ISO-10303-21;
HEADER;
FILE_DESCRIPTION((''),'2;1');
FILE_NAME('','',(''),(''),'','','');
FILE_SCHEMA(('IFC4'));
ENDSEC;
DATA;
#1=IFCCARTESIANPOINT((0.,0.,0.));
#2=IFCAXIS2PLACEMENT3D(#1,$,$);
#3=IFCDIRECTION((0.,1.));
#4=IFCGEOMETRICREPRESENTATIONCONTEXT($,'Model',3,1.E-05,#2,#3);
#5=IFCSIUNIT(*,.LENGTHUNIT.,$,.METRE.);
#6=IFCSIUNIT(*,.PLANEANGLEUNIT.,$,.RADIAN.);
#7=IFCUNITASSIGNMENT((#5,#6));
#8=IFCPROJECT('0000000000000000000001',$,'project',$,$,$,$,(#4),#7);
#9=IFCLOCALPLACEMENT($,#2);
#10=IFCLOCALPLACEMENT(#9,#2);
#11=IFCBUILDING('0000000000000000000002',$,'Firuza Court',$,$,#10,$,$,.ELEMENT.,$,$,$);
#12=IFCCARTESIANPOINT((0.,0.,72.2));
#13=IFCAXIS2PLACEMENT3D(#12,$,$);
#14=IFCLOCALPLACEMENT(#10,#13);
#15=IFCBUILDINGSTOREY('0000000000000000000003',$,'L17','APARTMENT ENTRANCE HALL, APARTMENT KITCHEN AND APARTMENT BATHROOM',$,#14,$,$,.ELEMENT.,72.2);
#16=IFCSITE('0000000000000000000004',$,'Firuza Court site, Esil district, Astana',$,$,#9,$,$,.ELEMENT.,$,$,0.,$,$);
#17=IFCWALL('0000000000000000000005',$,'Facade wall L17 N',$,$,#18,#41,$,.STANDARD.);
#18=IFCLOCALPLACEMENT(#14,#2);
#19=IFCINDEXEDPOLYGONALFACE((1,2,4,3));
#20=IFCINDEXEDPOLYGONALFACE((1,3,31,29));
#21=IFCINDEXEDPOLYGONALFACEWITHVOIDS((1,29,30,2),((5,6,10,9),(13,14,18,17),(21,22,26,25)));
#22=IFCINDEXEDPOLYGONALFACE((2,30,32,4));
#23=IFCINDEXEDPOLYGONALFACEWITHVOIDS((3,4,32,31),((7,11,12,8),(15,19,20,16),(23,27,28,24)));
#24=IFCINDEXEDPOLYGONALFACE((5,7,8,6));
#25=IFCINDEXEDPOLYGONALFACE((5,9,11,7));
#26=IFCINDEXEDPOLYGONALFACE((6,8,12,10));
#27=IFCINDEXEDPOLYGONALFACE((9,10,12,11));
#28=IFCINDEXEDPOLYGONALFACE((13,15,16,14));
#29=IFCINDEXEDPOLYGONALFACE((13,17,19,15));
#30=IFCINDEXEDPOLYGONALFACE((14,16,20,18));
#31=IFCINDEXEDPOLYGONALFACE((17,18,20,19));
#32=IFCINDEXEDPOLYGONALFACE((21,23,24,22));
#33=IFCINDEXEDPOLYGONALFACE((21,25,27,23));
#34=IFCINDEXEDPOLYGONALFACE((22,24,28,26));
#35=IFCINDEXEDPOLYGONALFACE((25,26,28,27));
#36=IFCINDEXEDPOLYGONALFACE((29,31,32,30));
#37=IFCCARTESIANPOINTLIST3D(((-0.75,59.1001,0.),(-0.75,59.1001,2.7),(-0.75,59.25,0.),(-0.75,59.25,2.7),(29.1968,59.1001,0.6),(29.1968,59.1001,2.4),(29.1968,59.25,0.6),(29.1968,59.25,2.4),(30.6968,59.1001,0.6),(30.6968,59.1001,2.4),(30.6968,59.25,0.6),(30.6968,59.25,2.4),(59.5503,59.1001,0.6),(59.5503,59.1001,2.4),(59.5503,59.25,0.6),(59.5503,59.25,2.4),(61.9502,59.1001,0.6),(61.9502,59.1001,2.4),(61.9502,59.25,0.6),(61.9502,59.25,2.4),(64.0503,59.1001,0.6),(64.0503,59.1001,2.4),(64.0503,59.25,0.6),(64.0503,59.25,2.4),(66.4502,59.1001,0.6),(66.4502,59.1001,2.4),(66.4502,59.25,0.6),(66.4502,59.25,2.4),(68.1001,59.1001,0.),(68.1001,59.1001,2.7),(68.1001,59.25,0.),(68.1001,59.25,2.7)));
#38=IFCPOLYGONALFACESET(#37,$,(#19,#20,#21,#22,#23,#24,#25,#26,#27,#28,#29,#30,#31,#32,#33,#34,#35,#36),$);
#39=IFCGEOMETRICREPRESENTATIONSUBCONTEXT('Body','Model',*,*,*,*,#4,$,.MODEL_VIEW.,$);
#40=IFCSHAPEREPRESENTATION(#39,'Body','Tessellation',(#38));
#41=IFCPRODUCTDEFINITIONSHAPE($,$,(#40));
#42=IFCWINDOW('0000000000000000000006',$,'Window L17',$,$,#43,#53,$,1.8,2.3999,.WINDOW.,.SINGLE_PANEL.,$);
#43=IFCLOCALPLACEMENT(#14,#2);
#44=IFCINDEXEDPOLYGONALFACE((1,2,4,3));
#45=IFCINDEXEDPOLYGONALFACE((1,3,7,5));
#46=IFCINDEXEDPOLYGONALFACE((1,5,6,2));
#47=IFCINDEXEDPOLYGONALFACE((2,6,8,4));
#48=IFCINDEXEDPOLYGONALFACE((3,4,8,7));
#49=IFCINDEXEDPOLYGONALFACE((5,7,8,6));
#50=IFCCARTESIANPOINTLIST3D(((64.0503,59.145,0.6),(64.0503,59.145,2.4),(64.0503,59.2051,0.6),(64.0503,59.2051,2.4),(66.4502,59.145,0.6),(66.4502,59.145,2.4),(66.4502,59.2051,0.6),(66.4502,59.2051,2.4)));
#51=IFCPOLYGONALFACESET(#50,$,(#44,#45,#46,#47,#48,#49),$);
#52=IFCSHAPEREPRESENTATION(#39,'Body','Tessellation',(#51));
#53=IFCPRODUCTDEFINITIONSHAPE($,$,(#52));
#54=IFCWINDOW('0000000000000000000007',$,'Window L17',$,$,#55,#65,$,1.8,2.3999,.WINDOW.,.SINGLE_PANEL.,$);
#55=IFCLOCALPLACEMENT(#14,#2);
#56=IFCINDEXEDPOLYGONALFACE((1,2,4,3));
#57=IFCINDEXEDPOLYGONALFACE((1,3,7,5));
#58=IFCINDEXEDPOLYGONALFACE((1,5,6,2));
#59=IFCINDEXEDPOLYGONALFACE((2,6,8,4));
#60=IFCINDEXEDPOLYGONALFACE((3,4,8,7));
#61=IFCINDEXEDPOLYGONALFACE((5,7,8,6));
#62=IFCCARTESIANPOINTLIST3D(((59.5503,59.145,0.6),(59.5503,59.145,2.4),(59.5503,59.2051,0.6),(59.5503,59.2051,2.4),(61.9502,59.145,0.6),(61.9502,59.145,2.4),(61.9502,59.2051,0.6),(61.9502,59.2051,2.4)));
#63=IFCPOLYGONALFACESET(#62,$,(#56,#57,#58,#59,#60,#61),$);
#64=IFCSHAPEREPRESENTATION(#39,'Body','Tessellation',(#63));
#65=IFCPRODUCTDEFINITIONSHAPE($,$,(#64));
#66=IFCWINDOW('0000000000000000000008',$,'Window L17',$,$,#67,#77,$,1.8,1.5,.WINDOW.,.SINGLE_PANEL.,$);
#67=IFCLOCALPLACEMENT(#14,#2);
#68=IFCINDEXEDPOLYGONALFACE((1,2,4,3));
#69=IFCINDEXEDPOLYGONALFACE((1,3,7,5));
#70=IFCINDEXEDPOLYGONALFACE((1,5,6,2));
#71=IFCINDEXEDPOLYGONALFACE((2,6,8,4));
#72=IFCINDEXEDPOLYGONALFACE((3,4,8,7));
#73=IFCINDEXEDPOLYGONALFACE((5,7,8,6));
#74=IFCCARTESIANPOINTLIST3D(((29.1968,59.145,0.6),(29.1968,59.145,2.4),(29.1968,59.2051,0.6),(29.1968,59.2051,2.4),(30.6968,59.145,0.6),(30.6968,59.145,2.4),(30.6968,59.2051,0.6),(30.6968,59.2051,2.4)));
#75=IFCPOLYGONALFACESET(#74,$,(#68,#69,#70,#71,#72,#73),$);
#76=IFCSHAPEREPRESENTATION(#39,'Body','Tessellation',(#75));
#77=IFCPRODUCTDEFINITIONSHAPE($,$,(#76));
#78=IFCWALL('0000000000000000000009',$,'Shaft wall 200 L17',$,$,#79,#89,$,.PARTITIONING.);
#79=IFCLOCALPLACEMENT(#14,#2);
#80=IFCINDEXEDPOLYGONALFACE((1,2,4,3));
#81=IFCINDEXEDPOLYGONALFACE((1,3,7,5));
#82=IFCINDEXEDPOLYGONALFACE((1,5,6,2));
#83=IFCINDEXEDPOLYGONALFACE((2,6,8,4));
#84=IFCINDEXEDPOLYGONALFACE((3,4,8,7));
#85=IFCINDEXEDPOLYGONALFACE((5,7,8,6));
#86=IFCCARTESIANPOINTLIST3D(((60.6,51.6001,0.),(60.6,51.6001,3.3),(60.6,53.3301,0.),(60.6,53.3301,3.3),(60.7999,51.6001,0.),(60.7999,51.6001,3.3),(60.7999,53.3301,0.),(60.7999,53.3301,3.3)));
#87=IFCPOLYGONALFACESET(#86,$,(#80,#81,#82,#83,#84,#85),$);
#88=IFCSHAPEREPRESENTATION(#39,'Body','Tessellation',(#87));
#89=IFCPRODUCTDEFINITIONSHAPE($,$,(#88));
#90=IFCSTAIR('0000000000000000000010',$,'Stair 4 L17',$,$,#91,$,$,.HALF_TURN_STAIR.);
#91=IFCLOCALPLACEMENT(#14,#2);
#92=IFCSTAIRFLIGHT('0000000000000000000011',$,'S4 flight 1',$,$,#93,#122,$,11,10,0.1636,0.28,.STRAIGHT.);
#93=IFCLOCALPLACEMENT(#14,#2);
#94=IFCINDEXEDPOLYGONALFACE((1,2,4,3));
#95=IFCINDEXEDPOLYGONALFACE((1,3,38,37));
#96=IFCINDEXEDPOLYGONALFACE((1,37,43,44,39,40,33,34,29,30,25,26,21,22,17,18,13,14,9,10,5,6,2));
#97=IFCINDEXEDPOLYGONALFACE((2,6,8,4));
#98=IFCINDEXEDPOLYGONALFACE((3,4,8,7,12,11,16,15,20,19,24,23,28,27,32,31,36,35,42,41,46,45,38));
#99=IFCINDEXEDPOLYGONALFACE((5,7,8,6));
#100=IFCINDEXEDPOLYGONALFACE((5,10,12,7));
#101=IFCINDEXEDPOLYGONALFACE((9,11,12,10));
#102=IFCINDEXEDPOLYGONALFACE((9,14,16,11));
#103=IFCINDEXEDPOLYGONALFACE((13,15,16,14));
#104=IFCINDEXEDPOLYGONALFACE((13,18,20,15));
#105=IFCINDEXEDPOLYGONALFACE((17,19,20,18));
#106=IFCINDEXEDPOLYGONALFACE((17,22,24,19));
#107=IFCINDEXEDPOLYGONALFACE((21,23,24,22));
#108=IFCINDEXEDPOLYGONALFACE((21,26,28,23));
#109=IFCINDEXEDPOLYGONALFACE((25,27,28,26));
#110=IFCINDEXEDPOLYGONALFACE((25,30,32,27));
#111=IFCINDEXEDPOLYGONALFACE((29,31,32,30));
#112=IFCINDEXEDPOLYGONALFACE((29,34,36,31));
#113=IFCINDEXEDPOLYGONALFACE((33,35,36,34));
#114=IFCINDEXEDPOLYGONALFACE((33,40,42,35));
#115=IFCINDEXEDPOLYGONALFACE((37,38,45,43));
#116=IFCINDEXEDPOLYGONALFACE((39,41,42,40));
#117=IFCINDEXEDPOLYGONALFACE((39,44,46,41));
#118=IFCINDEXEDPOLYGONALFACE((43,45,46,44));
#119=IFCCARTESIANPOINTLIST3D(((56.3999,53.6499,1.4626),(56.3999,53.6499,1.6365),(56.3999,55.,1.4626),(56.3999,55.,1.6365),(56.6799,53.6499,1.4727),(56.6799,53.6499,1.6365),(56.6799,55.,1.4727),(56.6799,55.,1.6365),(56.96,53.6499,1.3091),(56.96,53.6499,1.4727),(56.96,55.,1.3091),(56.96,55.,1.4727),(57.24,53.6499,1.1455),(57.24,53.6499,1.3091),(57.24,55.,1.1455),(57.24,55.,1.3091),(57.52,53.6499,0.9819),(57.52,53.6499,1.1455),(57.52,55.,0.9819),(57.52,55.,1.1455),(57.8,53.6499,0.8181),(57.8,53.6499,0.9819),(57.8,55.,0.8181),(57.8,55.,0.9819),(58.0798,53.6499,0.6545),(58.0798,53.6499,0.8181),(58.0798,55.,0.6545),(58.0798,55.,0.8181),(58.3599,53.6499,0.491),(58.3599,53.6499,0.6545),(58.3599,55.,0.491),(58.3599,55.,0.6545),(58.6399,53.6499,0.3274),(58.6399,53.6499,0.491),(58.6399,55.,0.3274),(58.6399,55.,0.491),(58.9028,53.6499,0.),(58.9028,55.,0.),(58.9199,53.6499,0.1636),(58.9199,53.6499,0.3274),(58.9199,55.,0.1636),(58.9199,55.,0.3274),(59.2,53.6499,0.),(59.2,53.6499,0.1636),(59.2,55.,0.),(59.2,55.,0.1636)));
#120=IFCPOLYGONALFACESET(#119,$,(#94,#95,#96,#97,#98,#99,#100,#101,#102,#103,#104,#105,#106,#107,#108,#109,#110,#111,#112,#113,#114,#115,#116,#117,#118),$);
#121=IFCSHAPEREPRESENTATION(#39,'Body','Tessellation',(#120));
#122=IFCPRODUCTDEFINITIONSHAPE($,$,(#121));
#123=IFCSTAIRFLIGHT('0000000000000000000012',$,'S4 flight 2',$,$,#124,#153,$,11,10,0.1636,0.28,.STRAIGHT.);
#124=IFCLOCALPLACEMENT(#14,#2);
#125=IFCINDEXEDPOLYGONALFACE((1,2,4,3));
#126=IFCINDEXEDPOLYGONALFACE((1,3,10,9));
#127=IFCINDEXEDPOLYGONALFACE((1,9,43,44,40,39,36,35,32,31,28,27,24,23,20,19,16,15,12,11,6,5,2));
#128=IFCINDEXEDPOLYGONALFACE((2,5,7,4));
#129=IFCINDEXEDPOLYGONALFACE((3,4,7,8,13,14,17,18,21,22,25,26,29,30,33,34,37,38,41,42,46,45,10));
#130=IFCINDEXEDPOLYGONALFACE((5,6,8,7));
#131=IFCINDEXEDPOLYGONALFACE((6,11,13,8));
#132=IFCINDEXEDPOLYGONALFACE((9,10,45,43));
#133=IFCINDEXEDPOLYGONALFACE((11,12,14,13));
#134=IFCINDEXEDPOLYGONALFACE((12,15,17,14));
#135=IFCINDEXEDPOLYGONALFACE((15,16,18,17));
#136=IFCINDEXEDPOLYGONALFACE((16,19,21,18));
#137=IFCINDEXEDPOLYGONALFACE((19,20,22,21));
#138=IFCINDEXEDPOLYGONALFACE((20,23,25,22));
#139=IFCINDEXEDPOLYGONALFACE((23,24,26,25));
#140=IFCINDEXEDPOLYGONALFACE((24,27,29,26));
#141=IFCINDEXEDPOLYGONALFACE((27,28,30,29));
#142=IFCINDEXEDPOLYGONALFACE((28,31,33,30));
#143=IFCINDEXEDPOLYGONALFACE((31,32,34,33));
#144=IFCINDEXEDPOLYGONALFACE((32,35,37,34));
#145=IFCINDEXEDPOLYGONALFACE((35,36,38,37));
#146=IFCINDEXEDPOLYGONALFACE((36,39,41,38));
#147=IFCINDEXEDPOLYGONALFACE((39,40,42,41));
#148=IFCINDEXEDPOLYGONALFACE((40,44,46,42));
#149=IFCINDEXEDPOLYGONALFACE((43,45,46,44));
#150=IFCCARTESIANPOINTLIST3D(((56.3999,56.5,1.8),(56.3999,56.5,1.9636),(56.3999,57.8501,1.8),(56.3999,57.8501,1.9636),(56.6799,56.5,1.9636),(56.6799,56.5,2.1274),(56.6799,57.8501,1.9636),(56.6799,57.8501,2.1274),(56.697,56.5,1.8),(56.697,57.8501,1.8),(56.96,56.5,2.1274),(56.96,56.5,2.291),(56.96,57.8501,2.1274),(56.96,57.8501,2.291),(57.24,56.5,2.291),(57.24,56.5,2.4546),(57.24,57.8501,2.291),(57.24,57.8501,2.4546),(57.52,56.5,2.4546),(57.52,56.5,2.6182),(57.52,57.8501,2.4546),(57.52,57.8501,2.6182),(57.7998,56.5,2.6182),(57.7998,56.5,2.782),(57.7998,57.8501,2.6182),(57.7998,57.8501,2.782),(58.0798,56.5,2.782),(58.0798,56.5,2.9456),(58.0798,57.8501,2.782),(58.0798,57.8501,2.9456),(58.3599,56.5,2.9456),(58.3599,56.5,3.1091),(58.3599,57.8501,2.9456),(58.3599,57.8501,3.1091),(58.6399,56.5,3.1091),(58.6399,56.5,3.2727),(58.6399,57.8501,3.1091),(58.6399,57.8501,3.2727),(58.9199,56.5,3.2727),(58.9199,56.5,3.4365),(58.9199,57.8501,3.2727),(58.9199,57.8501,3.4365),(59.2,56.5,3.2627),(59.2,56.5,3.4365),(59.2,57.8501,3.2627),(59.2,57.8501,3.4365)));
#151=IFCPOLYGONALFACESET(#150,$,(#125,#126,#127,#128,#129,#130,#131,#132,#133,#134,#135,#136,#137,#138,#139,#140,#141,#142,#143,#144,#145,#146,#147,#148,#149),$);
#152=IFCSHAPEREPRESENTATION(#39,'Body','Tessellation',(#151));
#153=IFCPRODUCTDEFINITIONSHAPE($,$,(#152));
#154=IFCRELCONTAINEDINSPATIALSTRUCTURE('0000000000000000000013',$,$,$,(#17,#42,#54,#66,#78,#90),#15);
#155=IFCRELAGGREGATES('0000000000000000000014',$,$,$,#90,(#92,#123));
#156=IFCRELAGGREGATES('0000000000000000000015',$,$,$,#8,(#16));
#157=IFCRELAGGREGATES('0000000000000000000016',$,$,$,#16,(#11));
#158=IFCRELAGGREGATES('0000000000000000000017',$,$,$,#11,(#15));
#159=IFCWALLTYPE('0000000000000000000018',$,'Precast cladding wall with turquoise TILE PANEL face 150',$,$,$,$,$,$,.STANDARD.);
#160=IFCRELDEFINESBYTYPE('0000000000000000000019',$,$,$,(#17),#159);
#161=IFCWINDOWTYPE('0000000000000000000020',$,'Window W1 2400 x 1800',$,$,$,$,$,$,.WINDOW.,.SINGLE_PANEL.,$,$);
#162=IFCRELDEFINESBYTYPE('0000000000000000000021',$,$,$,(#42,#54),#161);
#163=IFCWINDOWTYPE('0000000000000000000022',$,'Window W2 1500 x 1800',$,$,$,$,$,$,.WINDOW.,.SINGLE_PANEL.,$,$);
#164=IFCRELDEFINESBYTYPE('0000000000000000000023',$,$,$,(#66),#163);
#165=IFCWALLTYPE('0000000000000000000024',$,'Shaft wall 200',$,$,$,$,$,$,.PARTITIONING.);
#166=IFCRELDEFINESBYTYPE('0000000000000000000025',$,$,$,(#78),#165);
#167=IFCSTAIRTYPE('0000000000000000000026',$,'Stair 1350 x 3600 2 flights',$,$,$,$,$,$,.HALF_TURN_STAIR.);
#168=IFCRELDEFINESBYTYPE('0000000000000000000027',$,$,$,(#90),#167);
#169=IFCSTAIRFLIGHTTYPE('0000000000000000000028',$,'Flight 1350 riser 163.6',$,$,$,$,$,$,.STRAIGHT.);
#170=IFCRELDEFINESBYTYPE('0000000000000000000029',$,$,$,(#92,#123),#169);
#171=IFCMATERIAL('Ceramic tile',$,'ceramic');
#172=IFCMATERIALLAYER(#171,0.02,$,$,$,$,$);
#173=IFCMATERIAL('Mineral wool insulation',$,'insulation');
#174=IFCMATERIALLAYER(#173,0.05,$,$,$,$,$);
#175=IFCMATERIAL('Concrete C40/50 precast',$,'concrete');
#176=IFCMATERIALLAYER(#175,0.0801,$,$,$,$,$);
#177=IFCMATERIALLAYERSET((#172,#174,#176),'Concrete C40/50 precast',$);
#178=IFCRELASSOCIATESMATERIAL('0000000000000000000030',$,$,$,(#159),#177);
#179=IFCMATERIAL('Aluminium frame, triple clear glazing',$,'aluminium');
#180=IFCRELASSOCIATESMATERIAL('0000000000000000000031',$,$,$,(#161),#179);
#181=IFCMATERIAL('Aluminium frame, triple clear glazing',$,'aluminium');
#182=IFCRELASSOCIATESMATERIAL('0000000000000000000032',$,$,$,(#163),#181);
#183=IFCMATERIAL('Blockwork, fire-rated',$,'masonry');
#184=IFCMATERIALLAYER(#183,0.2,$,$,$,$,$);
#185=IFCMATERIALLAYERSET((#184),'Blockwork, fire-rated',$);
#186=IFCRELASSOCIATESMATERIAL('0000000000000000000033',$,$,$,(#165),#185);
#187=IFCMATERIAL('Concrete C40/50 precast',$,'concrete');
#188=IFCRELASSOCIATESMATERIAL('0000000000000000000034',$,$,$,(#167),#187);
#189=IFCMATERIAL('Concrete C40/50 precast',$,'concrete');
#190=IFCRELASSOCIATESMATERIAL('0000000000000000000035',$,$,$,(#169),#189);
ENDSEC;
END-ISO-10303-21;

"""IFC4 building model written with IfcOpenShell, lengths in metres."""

from ifc_helpers import new_model, si_unit, direction, frame, frame_2d, origin, place, context, subcontext, project, spatial, polyline, rectangle, outline, extrude, material, layer, layer_set, type_object, element, fill, aggregate, save


model = new_model("IFC4")

# Units and contexts
model_context = context("Model", 3, precision=1e-05, world=origin(), true_north=direction((0.0, 1.0)))
body_context = subcontext(model_context, "Body", "Model", "MODEL_VIEW")
ifc_project = project(units=[si_unit("LENGTHUNIT", "METRE"), si_unit("PLANEANGLEUNIT", "RADIAN")], contexts=[model_context])

# Site, building, storey
site_placement = place(None, origin())
site = spatial("IfcSite", under=ifc_project, at=site_placement, Name="Firuza Court site, Esil district, Astana", CompositionType="ELEMENT", RefElevation=0.0)
building_placement = place(site_placement, origin())
building = spatial("IfcBuilding", under=site, at=building_placement, Name="Firuza Court", CompositionType="ELEMENT")
storey_placement = place(building_placement, frame((0.0, 0.0, 72.2)))
storey = spatial("IfcBuildingStorey", under=building, at=storey_placement, Name="L17", Description="APARTMENT ENTRANCE HALL, APARTMENT KITCHEN AND APARTMENT BATHROOM", CompositionType="ELEMENT", Elevation=72.2)

# Wall, openings, windows
ifc_material_1 = material(Name="Ceramic tile", Category="ceramic")
ifc_layer_1 = layer(ifc_material_1, 0.02)
ifc_material_2 = material(Name="Mineral wool insulation", Category="insulation")
ifc_layer_2 = layer(ifc_material_2, 0.05)
ifc_material_3 = material(Name="Concrete C40/50 precast", Category="concrete")
ifc_layer_3 = layer(ifc_material_3, 0.0801)
ifc_layer_set_1 = layer_set([ifc_layer_1, ifc_layer_2, ifc_layer_3], Name="Concrete C40/50 precast")
wall_type_1 = type_object("IfcWallType", Name="Precast cladding wall with turquoise TILE PANEL face 150", PredefinedType="STANDARD", material=ifc_layer_set_1)
wall_1_placement = place(storey_placement, frame((68.1001, 59.175, 0.0), z_axis=(0.0, 0.0, 1.0), x_axis=(-1.0, 0.0, 0.0)))
wall_1 = element("IfcWall", 1, at=wall_1_placement, inside=storey, type_object=wall_type_1, Name="Facade wall L17 N", PredefinedType="STANDARD", context=body_context, shape_type="SweptSolid", body=[
    extrude(rectangle(XDim=68.8501, YDim=0.1499, at=frame_2d((34.425, 0.0))), origin(), (0.0, 0.0, 1.0), 2.7),
])
opening_1_placement = place(wall_1_placement, frame((1.6499, 0.0, 0.6001)))
opening_1 = element("IfcOpeningElement", 2, at=opening_1_placement, cuts=wall_1, PredefinedType="OPENING", context=body_context, shape_type="SweptSolid", body=[
    extrude(rectangle(XDim=2.3999, YDim=1.8, at=frame_2d((1.2, 0.8999))), frame((0.0, 0.0869, 0.0), z_axis=(0.0, -1.0, 0.0), x_axis=(1.0, 0.0, 0.0)), (0.0, 0.0, 1.0), 0.1738),
])
opening_2_placement = place(wall_1_placement, frame((6.1499, 0.0, 0.6001)))
opening_2 = element("IfcOpeningElement", 3, at=opening_2_placement, cuts=wall_1, PredefinedType="OPENING", context=body_context, shape_type="SweptSolid", body=[
    extrude(rectangle(XDim=2.3999, YDim=1.8, at=frame_2d((1.2, 0.8999))), frame((0.0, 0.0869, 0.0), z_axis=(0.0, -1.0, 0.0), x_axis=(1.0, 0.0, 0.0)), (0.0, 0.0, 1.0), 0.1738),
])
opening_3_placement = place(wall_1_placement, frame((37.4033, 0.0, 0.6001)))
opening_3 = element("IfcOpeningElement", 4, at=opening_3_placement, cuts=wall_1, PredefinedType="OPENING", context=body_context, shape_type="SweptSolid", body=[
    extrude(rectangle(XDim=1.5, YDim=1.8, at=frame_2d((0.75, 0.8999))), frame((0.0, 0.0869, 0.0), z_axis=(0.0, -1.0, 0.0), x_axis=(1.0, 0.0, 0.0)), (0.0, 0.0, 1.0), 0.1738),
])
ifc_material_4 = material(Name="Aluminium frame, triple clear glazing", Category="aluminium")
window_type_1 = type_object("IfcWindowType", Name="Window W1 2400 x 1800", PartitioningType="SINGLE_PANEL", PredefinedType="WINDOW", material=ifc_material_4)
window_1_placement = place(opening_1_placement, origin())
window_1 = element("IfcWindow", 5, at=window_1_placement, inside=storey, type_object=window_type_1, Name="Window L17", OverallHeight=1.8, OverallWidth=2.3999, PartitioningType="SINGLE_PANEL", PredefinedType="WINDOW", context=body_context, shape_type="SweptSolid", body=[
    extrude(rectangle(XDim=2.3999, YDim=1.8, at=frame_2d((1.2, 0.8999))), frame((0.0, 0.03, 0.0), z_axis=(0.0, -1.0, 0.0), x_axis=(1.0, 0.0, 0.0)), (0.0, 0.0, 1.0), 0.0601),
])
fill(opening_1, window_1)
window_2_placement = place(opening_2_placement, origin())
window_2 = element("IfcWindow", 6, at=window_2_placement, inside=storey, type_object=window_type_1, Name="Window L17", OverallHeight=1.8, OverallWidth=2.3999, PartitioningType="SINGLE_PANEL", PredefinedType="WINDOW", context=body_context, shape_type="SweptSolid", body=[
    extrude(rectangle(XDim=2.3999, YDim=1.8, at=frame_2d((1.2, 0.8999))), frame((0.0, 0.03, 0.0), z_axis=(0.0, -1.0, 0.0), x_axis=(1.0, 0.0, 0.0)), (0.0, 0.0, 1.0), 0.0601),
])
fill(opening_2, window_2)
ifc_material_5 = material(Name="Aluminium frame, triple clear glazing", Category="aluminium")
window_type_2 = type_object("IfcWindowType", Name="Window W2 1500 x 1800", PartitioningType="SINGLE_PANEL", PredefinedType="WINDOW", material=ifc_material_5)
window_3_placement = place(opening_3_placement, origin())
window_3 = element("IfcWindow", 7, at=window_3_placement, inside=storey, type_object=window_type_2, Name="Window L17", OverallHeight=1.8, OverallWidth=1.5, PartitioningType="SINGLE_PANEL", PredefinedType="WINDOW", context=body_context, shape_type="SweptSolid", body=[
    extrude(rectangle(XDim=1.5, YDim=1.8, at=frame_2d((0.75, 0.8999))), frame((0.0, 0.03, 0.0), z_axis=(0.0, -1.0, 0.0), x_axis=(1.0, 0.0, 0.0)), (0.0, 0.0, 1.0), 0.0601),
])
fill(opening_3, window_3)

# Wall
ifc_material_6 = material(Name="Blockwork, fire-rated", Category="masonry")
ifc_layer_4 = layer(ifc_material_6, 0.2)
ifc_layer_set_2 = layer_set([ifc_layer_4], Name="Blockwork, fire-rated")
wall_type_2 = type_object("IfcWallType", Name="Shaft wall 200", PredefinedType="PARTITIONING", material=ifc_layer_set_2)
wall_2_placement = place(storey_placement, frame((60.7, 51.6001, 0.0), z_axis=(0.0, 0.0, 1.0), x_axis=(0.0, 1.0, 0.0)))
element("IfcWall", 8, at=wall_2_placement, inside=storey, type_object=wall_type_2, Name="Shaft wall 200 L17", PredefinedType="PARTITIONING", context=body_context, shape_type="SweptSolid", body=[
    extrude(rectangle(XDim=1.73, YDim=0.2, at=frame_2d((0.865, 0.0))), origin(), (0.0, 0.0, 1.0), 3.3),
])

# Stair, stair flights
ifc_material_7 = material(Name="Concrete C40/50 precast", Category="concrete")
stair_type = type_object("IfcStairType", Name="Stair 1350 x 3600 2 flights", PredefinedType="HALF_TURN_STAIR", material=ifc_material_7)
stair_placement = place(storey_placement, origin())
stair = element("IfcStair", 9, at=stair_placement, inside=storey, type_object=stair_type, Name="Stair 4 L17", PredefinedType="HALF_TURN_STAIR")
ifc_material_8 = material(Name="Concrete C40/50 precast", Category="concrete")
stair_flight_type = type_object("IfcStairFlightType", Name="Flight 1350 riser 163.6", PredefinedType="STRAIGHT", material=ifc_material_8)
stair_flight_1_placement = place(storey_placement, frame((59.2, 54.325, 0.0), z_axis=(0.0, 0.0, 1.0), x_axis=(-1.0, 0.0, 0.0)))
stair_flight_1 = element("IfcStairFlight", 10, at=stair_flight_1_placement, type_object=stair_flight_type, Name="S4 flight 1", NumberOfRisers=11, NumberOfTreads=10, PredefinedType="STRAIGHT", RiserHeight=0.1636, TreadLength=0.28, context=body_context, shape_type="SweptSolid", body=[
    extrude(outline(polyline([(0.0, 0.0), (0.0, 0.1636), (0.28, 0.1636), (0.28, 0.3274), (0.5601, 0.3274), (0.5601, 0.491), (0.8401, 0.491), (0.8401, 0.6545), (1.1201, 0.6545), (1.1201, 0.8181), (1.3999, 0.8181), (1.3999, 0.9819), (1.6799, 0.9819), (1.6799, 1.1455), (1.96, 1.1455), (1.96, 1.3091), (2.24, 1.3091), (2.24, 1.4727), (2.52, 1.4727), (2.52, 1.6365), (2.8, 1.6365), (2.8, 1.8), (2.8, 1.4626), (0.2971, 0.0), (0.0, 0.0)])), frame((0.0, 0.675, 0.0), z_axis=(0.0, -1.0, 0.0), x_axis=(1.0, 0.0, 0.0)), (0.0, 0.0, 1.0), 1.3501),
])
stair_flight_2_placement = place(storey_placement, frame((56.3999, 57.175, 1.8), z_axis=(0.0, 0.0, 1.0), x_axis=(1.0, 0.0, 0.0)))
stair_flight_2 = element("IfcStairFlight", 11, at=stair_flight_2_placement, type_object=stair_flight_type, Name="S4 flight 2", NumberOfRisers=11, NumberOfTreads=10, PredefinedType="STRAIGHT", RiserHeight=0.1636, TreadLength=0.28, context=body_context, shape_type="SweptSolid", body=[
    extrude(outline(polyline([(0.0, 0.0), (0.0, 0.1636), (0.28, 0.1636), (0.28, 0.3274), (0.5601, 0.3274), (0.5601, 0.491), (0.8401, 0.491), (0.8401, 0.6545), (1.1201, 0.6545), (1.1201, 0.8181), (1.3999, 0.8181), (1.3999, 0.9819), (1.6799, 0.9819), (1.6799, 1.1455), (1.96, 1.1455), (1.96, 1.3091), (2.24, 1.3091), (2.24, 1.4727), (2.52, 1.4727), (2.52, 1.6365), (2.8, 1.6365), (2.8, 1.8), (2.8, 1.4626), (0.2971, 0.0), (0.0, 0.0)])), frame((0.0, 0.675, 0.0), z_axis=(0.0, -1.0, 0.0), x_axis=(1.0, 0.0, 0.0)), (0.0, 0.0, 1.0), 1.3501),
])
aggregate(stair, [stair_flight_1, stair_flight_2])

save(model, "model.ifc")
